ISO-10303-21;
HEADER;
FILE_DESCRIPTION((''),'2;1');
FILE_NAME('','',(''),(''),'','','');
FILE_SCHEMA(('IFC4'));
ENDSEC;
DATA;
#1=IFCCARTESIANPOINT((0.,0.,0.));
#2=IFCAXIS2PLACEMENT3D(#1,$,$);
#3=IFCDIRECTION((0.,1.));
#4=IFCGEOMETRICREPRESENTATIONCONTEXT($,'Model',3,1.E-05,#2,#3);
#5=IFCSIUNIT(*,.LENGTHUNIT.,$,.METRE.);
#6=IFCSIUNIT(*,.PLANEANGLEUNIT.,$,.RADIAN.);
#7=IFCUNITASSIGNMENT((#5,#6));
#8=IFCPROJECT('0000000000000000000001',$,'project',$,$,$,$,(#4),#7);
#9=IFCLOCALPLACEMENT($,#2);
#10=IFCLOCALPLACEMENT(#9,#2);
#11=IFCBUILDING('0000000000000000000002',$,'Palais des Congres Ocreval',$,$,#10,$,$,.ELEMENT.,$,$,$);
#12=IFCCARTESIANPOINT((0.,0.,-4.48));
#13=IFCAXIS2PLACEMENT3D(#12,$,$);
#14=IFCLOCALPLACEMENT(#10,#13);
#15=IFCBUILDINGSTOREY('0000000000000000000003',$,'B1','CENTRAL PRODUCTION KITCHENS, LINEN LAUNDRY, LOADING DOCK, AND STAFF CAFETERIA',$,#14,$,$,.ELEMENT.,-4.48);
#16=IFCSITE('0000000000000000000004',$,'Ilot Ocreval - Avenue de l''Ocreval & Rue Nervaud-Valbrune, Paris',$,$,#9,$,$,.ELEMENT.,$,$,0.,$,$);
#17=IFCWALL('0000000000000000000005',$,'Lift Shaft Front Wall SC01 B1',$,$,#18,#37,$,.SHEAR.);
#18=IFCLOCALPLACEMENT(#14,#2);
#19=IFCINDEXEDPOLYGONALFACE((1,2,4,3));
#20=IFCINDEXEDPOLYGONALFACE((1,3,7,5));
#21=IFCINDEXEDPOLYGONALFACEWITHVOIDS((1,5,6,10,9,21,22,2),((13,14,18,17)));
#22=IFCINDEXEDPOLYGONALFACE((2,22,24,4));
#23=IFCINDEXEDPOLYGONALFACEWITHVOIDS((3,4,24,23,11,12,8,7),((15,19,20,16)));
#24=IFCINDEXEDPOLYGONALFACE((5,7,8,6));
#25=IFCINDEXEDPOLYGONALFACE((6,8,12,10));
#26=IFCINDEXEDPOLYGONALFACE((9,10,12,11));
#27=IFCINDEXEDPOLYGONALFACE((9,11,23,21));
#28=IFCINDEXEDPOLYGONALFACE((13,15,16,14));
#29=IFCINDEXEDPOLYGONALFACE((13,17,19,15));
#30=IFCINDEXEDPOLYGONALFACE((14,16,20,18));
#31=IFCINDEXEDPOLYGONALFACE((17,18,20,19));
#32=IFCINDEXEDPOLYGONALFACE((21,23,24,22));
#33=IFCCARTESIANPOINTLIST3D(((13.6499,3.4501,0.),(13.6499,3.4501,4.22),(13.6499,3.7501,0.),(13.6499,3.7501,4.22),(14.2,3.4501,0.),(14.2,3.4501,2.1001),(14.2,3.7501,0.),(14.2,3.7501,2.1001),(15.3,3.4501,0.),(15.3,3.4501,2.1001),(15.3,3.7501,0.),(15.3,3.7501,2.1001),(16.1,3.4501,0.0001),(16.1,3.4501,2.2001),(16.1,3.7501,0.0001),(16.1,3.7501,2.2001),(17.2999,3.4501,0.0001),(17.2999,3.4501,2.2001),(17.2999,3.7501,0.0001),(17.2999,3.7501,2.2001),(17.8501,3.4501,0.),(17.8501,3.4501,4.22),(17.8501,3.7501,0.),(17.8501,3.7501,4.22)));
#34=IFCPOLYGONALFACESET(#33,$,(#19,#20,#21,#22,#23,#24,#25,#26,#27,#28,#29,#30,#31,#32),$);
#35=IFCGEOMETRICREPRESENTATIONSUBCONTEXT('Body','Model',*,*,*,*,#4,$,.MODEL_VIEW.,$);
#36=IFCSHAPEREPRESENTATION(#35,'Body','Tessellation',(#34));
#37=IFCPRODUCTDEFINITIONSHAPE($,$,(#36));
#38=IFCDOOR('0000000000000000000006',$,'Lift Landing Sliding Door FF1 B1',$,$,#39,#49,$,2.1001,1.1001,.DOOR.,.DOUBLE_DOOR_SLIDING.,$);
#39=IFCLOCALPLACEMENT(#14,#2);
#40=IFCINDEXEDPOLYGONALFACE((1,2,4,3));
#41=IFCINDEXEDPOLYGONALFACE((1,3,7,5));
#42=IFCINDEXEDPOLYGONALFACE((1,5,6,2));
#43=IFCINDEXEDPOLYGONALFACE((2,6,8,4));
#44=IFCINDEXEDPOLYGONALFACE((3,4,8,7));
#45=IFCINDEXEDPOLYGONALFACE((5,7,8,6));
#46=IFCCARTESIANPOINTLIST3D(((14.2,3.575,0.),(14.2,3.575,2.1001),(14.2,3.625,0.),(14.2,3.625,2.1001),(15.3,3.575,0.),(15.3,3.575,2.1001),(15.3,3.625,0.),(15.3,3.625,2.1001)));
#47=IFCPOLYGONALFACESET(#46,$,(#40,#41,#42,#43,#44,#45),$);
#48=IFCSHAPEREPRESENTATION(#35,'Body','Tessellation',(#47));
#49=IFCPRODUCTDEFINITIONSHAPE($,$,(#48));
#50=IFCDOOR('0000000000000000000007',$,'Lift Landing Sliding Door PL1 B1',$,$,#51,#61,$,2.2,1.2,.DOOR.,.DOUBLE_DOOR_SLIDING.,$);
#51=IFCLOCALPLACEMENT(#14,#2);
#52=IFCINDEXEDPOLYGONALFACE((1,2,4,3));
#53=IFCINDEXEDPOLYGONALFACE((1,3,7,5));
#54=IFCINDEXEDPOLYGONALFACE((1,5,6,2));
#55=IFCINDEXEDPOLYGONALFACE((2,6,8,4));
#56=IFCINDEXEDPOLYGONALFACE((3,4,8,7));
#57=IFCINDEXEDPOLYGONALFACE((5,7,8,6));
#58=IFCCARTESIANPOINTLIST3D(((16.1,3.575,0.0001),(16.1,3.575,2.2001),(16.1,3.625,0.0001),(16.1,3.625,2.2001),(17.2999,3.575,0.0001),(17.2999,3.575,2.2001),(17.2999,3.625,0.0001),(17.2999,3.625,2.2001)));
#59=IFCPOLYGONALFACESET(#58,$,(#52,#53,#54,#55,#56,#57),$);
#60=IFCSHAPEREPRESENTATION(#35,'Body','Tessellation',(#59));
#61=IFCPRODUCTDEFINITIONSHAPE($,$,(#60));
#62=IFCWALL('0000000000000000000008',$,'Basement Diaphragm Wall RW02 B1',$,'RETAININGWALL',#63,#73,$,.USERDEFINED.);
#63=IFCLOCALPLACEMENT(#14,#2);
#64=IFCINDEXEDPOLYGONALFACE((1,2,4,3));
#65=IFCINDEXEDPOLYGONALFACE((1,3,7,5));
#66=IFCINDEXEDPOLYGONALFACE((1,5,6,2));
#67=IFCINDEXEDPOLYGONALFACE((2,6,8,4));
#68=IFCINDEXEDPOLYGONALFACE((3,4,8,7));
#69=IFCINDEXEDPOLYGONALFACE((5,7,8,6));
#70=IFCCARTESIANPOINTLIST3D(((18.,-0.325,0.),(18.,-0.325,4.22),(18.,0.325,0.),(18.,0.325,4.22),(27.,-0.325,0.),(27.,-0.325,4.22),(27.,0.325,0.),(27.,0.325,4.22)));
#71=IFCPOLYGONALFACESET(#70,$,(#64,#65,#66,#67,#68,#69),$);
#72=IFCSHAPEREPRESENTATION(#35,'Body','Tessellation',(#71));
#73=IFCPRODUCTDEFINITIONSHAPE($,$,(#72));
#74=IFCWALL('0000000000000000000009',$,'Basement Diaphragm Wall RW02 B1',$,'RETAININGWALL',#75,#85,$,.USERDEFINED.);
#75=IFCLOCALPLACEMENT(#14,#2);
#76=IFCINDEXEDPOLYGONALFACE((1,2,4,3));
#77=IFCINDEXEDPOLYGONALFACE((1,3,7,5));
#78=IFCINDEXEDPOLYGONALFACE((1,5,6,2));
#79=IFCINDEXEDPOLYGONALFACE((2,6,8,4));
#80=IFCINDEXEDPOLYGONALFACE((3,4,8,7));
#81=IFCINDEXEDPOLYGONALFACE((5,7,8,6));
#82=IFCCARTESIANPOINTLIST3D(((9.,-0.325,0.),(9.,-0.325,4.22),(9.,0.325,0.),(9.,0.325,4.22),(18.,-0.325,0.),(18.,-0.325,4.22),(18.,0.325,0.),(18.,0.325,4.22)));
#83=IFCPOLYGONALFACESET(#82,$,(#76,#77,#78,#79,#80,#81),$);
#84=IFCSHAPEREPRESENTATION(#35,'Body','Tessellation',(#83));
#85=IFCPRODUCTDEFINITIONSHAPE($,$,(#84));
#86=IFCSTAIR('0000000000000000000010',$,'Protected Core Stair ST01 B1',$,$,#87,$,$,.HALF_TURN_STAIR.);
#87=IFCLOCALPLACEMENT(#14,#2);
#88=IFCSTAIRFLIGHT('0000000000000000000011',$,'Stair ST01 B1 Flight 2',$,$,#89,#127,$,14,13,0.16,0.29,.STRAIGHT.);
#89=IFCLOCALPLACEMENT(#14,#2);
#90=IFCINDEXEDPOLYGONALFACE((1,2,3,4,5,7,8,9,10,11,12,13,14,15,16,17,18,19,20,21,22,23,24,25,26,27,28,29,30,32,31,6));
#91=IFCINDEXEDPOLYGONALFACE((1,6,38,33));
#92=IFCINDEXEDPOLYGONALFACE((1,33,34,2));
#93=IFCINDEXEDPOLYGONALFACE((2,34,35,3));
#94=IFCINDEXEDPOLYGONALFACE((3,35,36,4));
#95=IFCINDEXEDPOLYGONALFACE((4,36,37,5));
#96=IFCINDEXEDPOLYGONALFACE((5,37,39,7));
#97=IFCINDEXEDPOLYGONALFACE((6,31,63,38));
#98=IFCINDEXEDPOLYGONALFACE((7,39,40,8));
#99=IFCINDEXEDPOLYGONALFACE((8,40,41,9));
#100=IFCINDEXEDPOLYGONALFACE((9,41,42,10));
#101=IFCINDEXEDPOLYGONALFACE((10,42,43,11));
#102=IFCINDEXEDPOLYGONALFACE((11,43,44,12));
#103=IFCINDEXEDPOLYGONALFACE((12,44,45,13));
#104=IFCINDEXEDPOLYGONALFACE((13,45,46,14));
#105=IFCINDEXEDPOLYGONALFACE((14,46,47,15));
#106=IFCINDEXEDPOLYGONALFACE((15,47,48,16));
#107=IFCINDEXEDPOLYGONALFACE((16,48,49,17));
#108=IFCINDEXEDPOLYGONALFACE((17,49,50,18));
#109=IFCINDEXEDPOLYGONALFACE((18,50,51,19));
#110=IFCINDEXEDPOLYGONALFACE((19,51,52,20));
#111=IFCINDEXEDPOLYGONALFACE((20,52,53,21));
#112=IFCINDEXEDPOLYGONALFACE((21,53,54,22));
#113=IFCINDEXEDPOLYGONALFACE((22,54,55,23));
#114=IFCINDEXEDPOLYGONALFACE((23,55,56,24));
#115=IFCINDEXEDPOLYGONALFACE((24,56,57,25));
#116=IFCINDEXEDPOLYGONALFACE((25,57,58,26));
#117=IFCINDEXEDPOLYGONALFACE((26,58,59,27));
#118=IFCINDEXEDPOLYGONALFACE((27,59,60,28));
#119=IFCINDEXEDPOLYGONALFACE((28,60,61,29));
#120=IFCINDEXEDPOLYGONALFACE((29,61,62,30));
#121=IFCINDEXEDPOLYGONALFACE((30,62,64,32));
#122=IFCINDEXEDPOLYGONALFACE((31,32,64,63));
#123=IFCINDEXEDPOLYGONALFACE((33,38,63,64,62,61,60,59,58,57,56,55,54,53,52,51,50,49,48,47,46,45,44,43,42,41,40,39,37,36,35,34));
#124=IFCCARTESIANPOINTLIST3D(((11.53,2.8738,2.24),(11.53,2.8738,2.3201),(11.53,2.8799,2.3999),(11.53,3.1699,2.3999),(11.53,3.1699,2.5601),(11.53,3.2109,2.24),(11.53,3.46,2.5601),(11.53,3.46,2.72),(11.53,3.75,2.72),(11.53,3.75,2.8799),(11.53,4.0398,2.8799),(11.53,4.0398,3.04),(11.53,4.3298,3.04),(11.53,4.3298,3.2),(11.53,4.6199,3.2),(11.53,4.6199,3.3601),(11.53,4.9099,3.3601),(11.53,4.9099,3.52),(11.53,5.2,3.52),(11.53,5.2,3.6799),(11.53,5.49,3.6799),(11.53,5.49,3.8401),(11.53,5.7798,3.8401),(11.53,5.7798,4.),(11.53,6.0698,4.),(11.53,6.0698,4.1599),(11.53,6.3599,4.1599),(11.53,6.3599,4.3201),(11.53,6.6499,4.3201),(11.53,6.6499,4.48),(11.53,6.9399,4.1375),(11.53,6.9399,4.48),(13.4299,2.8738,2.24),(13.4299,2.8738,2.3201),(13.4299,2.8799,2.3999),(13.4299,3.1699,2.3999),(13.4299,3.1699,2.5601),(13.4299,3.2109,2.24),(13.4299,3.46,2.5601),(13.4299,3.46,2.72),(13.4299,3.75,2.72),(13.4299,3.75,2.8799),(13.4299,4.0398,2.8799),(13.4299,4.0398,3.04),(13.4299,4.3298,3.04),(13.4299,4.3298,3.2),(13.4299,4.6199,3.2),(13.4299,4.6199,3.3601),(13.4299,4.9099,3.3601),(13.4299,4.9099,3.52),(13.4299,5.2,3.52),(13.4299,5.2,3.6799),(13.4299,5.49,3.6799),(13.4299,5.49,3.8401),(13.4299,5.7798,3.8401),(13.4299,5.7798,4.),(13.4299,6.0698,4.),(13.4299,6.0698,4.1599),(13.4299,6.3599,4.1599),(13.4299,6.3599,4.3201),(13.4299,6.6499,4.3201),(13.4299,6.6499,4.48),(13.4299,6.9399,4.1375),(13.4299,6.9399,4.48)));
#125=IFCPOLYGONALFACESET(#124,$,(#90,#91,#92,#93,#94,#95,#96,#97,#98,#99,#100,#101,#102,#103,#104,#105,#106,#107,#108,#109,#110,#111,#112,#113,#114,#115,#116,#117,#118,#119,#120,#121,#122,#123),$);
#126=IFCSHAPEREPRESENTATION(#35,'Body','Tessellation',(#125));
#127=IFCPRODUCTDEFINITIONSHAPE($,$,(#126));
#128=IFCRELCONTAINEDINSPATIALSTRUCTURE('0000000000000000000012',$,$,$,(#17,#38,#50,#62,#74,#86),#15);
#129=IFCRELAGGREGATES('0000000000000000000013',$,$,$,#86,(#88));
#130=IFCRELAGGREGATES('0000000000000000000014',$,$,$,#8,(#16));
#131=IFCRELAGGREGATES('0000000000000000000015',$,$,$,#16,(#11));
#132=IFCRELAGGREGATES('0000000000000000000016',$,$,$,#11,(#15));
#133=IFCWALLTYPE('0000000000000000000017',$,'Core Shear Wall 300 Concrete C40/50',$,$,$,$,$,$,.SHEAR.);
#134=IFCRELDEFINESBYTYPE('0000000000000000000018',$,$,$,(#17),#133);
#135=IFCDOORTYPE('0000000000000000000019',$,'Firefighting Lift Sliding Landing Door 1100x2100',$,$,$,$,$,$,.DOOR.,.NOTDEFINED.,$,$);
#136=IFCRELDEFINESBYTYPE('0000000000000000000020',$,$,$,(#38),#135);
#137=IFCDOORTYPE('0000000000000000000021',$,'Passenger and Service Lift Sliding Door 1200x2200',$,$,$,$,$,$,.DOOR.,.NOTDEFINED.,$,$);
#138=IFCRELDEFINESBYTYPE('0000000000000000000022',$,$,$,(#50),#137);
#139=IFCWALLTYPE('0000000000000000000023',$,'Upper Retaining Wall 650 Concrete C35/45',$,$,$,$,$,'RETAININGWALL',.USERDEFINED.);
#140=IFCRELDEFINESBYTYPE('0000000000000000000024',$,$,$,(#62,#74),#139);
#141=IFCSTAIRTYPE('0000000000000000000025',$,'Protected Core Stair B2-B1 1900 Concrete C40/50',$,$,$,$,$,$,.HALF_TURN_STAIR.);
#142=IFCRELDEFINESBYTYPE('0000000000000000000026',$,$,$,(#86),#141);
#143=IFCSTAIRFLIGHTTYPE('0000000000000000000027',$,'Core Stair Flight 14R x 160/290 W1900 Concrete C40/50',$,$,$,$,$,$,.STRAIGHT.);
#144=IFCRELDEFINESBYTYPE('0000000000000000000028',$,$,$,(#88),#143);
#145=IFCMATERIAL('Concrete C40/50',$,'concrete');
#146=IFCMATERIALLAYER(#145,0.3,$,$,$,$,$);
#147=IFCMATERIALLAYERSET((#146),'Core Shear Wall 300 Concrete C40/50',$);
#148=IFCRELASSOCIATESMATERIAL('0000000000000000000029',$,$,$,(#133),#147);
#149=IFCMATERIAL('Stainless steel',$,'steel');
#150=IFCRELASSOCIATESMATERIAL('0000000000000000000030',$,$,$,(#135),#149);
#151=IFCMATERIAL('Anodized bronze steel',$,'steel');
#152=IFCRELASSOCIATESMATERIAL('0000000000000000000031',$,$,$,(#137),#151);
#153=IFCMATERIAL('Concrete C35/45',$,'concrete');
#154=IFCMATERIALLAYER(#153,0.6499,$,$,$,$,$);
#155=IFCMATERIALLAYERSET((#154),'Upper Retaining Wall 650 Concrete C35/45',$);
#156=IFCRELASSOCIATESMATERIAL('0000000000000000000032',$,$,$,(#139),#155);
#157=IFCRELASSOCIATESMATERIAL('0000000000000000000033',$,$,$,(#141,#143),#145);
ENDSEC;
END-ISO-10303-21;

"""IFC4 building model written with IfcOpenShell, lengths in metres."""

from ifc_helpers import new_model, si_unit, direction, frame, frame_2d, origin, place, context, subcontext, project, spatial, polyline, rectangle, outline, extrude, material, layer, layer_set, type_object, element, fill, aggregate, save


model = new_model("IFC4")

# Units and contexts
model_context = context("Model", 3, precision=1e-05, world=origin(), true_north=direction((0.0, 1.0)))
body_context = subcontext(model_context, "Body", "Model", "MODEL_VIEW")
ifc_project = project(units=[si_unit("LENGTHUNIT", "METRE"), si_unit("PLANEANGLEUNIT", "RADIAN")], contexts=[model_context])

# Site, building, storey
site_placement = place(None, origin())
site = spatial("IfcSite", under=ifc_project, at=site_placement, Name="Ilot Ocreval - Avenue de l'Ocreval & Rue Nervaud-Valbrune, Paris", CompositionType="ELEMENT", RefElevation=0.0)
building_placement = place(site_placement, origin())
building = spatial("IfcBuilding", under=site, at=building_placement, Name="Palais des Congres Ocreval", CompositionType="ELEMENT")
storey_placement = place(building_placement, frame((0.0, 0.0, -4.48)))
storey = spatial("IfcBuildingStorey", under=building, at=storey_placement, Name="B1", Description="CENTRAL PRODUCTION KITCHENS, LINEN LAUNDRY, LOADING DOCK, AND STAFF CAFETERIA", CompositionType="ELEMENT", Elevation=-4.48)

# Shared definitions
ifc_material_1 = material(Name="Concrete C40/50", Category="concrete")

# Shared definitions
ifc_material_2 = material(Name="Concrete C35/45", Category="concrete")

# Shared definitions
ifc_layer_1 = layer(ifc_material_1, 0.3)
ifc_layer_set_1 = layer_set([ifc_layer_1], Name="Core Shear Wall 300 Concrete C40/50")
wall_type_1 = type_object("IfcWallType", Name="Core Shear Wall 300 Concrete C40/50", PredefinedType="SHEAR", material=ifc_layer_set_1)

# Wall, openings, doors
wall_1_placement = place(storey_placement, frame((13.6499, 3.6001, 0.0), z_axis=(0.0, 0.0, 1.0), x_axis=(1.0, 0.0, 0.0)))
wall_1 = element("IfcWall", 1, at=wall_1_placement, inside=storey, type_object=wall_type_1, Name="Lift Shaft Front Wall SC01 B1", PredefinedType="SHEAR", context=body_context, shape_type="SweptSolid", body=[
    extrude(rectangle(XDim=4.2002, YDim=0.3, at=frame_2d((2.1001, 0.0))), origin(), (0.0, 0.0, 1.0), 4.22),
])
opening_1_placement = place(wall_1_placement, frame((0.55, 0.0, 0.0)))
opening_1 = element("IfcOpeningElement", 2, at=opening_1_placement, cuts=wall_1, PredefinedType="OPENING", context=body_context, shape_type="SweptSolid", body=[
    extrude(rectangle(XDim=1.1001, YDim=2.1001, at=frame_2d((0.55, 1.05))), frame((0.0, 0.1599, 0.0), z_axis=(0.0, -1.0, 0.0), x_axis=(1.0, 0.0, 0.0)), (0.0, 0.0, 1.0), 0.3201),
])
opening_2_placement = place(wall_1_placement, frame((2.45, 0.0, 0.0)))
opening_2 = element("IfcOpeningElement", 3, at=opening_2_placement, cuts=wall_1, PredefinedType="OPENING", context=body_context, shape_type="SweptSolid", body=[
    extrude(rectangle(XDim=1.2, YDim=2.2, at=frame_2d((0.6001, 1.1001))), frame((0.0, 0.1599, 0.0), z_axis=(0.0, -1.0, 0.0), x_axis=(1.0, 0.0, 0.0)), (0.0, 0.0, 1.0), 0.3201),
])
ifc_material_3 = material(Name="Stainless steel", Category="steel")
door_type_1 = type_object("IfcDoorType", Name="Firefighting Lift Sliding Landing Door 1100x2100", OperationType="NOTDEFINED", PredefinedType="DOOR", material=ifc_material_3)
door_1_placement = place(opening_1_placement, origin())
door_1 = element("IfcDoor", 4, at=door_1_placement, inside=storey, type_object=door_type_1, Name="Lift Landing Sliding Door FF1 B1", OperationType="DOUBLE_DOOR_SLIDING", OverallHeight=2.1001, OverallWidth=1.1001, PredefinedType="DOOR", context=body_context, shape_type="SweptSolid", body=[
    extrude(rectangle(XDim=1.1001, YDim=2.1001, at=frame_2d((0.55, 1.05))), frame((0.0, 0.0249, 0.0), z_axis=(0.0, -1.0, 0.0), x_axis=(1.0, 0.0, 0.0)), (0.0, 0.0, 1.0), 0.05),
])
fill(opening_1, door_1)
ifc_material_4 = material(Name="Anodized bronze steel", Category="steel")
door_type_2 = type_object("IfcDoorType", Name="Passenger and Service Lift Sliding Door 1200x2200", OperationType="NOTDEFINED", PredefinedType="DOOR", material=ifc_material_4)
door_2_placement = place(opening_2_placement, origin())
door_2 = element("IfcDoor", 5, at=door_2_placement, inside=storey, type_object=door_type_2, Name="Lift Landing Sliding Door PL1 B1", OperationType="DOUBLE_DOOR_SLIDING", OverallHeight=2.2, OverallWidth=1.2, PredefinedType="DOOR", context=body_context, shape_type="SweptSolid", body=[
    extrude(rectangle(XDim=1.2, YDim=2.2, at=frame_2d((0.6001, 1.1001))), frame((0.0, 0.0249, 0.0), z_axis=(0.0, -1.0, 0.0), x_axis=(1.0, 0.0, 0.0)), (0.0, 0.0, 1.0), 0.05),
])
fill(opening_2, door_2)

# Walls
ifc_layer_2 = layer(ifc_material_2, 0.6499)
ifc_layer_set_2 = layer_set([ifc_layer_2], Name="Upper Retaining Wall 650 Concrete C35/45")
wall_type_2 = type_object("IfcWallType", Name="Upper Retaining Wall 650 Concrete C35/45", ElementType="RETAININGWALL", PredefinedType="USERDEFINED", material=ifc_layer_set_2)
for number, where, z_axis, x_axis, name in (
    (6, (27.0, 0.0, 0.0), (0.0, 0.0, 1.0), (-1.0, 0.0, 0.0), "Basement Diaphragm Wall RW02 B1"),
    (7, (18.0, 0.0, 0.0), (0.0, 0.0, 1.0), (-1.0, 0.0, 0.0), "Basement Diaphragm Wall RW02 B1"),
):
    element("IfcWall", number, at=place(storey_placement, frame(where, z_axis=z_axis, x_axis=x_axis)), inside=storey, type_object=wall_type_2, Name=name, ObjectType="RETAININGWALL", PredefinedType="USERDEFINED", context=body_context, shape_type="SweptSolid", body=[
        extrude(rectangle(XDim=9.0, YDim=0.6499, at=frame_2d((4.5, 0.0))), origin(), (0.0, 0.0, 1.0), 4.22),
    ])

# Stair, stair flight
stair_type = type_object("IfcStairType", Name="Protected Core Stair B2-B1 1900 Concrete C40/50", PredefinedType="HALF_TURN_STAIR", material=ifc_material_1)
stair_placement = place(storey_placement, origin())
stair = element("IfcStair", 8, at=stair_placement, inside=storey, type_object=stair_type, Name="Protected Core Stair ST01 B1", PredefinedType="HALF_TURN_STAIR")
stair_flight_type = type_object("IfcStairFlightType", Name="Core Stair Flight 14R x 160/290 W1900 Concrete C40/50", PredefinedType="STRAIGHT", material=ifc_material_1)
stair_flight_placement = place(storey_placement, frame((12.48, 2.8799, 2.24), z_axis=(0.0, 0.0, 1.0), x_axis=(0.0, 1.0, 0.0)))
stair_flight = element("IfcStairFlight", 9, at=stair_flight_placement, type_object=stair_flight_type, Name="Stair ST01 B1 Flight 2", NumberOfRisers=14, NumberOfTreads=13, PredefinedType="STRAIGHT", RiserHeight=0.16, TreadLength=0.29, context=body_context, shape_type="SweptSolid", body=[
    extrude(outline(polyline([(-0.0061, 0.0), (-0.0061, 0.0801), (0.0, 0.1599), (0.29, 0.1599), (0.29, 0.3201), (0.5801, 0.3201), (0.5801, 0.48), (0.8701, 0.48), (0.8701, 0.6399), (1.1599, 0.6399), (1.1599, 0.8), (1.45, 0.8), (1.45, 0.96), (1.74, 0.96), (1.74, 1.1201), (2.03, 1.1201), (2.03, 1.28), (2.3201, 1.28), (2.3201, 1.4399), (2.6101, 1.4399), (2.6101, 1.6001), (2.8999, 1.6001), (2.8999, 1.76), (3.1899, 1.76), (3.1899, 1.9199), (3.48, 1.9199), (3.48, 2.0801), (3.77, 2.0801), (3.77, 2.24), (4.0601, 2.24), (4.0601, 1.8975), (0.3311, 0.0), (-0.0061, 0.0)])), frame((0.0, 0.95, 0.0), z_axis=(0.0, -1.0, 0.0), x_axis=(1.0, 0.0, 0.0)), (0.0, 0.0, 1.0), 1.8999),
])
aggregate(stair, [stair_flight])

save(model, "model.ifc")
